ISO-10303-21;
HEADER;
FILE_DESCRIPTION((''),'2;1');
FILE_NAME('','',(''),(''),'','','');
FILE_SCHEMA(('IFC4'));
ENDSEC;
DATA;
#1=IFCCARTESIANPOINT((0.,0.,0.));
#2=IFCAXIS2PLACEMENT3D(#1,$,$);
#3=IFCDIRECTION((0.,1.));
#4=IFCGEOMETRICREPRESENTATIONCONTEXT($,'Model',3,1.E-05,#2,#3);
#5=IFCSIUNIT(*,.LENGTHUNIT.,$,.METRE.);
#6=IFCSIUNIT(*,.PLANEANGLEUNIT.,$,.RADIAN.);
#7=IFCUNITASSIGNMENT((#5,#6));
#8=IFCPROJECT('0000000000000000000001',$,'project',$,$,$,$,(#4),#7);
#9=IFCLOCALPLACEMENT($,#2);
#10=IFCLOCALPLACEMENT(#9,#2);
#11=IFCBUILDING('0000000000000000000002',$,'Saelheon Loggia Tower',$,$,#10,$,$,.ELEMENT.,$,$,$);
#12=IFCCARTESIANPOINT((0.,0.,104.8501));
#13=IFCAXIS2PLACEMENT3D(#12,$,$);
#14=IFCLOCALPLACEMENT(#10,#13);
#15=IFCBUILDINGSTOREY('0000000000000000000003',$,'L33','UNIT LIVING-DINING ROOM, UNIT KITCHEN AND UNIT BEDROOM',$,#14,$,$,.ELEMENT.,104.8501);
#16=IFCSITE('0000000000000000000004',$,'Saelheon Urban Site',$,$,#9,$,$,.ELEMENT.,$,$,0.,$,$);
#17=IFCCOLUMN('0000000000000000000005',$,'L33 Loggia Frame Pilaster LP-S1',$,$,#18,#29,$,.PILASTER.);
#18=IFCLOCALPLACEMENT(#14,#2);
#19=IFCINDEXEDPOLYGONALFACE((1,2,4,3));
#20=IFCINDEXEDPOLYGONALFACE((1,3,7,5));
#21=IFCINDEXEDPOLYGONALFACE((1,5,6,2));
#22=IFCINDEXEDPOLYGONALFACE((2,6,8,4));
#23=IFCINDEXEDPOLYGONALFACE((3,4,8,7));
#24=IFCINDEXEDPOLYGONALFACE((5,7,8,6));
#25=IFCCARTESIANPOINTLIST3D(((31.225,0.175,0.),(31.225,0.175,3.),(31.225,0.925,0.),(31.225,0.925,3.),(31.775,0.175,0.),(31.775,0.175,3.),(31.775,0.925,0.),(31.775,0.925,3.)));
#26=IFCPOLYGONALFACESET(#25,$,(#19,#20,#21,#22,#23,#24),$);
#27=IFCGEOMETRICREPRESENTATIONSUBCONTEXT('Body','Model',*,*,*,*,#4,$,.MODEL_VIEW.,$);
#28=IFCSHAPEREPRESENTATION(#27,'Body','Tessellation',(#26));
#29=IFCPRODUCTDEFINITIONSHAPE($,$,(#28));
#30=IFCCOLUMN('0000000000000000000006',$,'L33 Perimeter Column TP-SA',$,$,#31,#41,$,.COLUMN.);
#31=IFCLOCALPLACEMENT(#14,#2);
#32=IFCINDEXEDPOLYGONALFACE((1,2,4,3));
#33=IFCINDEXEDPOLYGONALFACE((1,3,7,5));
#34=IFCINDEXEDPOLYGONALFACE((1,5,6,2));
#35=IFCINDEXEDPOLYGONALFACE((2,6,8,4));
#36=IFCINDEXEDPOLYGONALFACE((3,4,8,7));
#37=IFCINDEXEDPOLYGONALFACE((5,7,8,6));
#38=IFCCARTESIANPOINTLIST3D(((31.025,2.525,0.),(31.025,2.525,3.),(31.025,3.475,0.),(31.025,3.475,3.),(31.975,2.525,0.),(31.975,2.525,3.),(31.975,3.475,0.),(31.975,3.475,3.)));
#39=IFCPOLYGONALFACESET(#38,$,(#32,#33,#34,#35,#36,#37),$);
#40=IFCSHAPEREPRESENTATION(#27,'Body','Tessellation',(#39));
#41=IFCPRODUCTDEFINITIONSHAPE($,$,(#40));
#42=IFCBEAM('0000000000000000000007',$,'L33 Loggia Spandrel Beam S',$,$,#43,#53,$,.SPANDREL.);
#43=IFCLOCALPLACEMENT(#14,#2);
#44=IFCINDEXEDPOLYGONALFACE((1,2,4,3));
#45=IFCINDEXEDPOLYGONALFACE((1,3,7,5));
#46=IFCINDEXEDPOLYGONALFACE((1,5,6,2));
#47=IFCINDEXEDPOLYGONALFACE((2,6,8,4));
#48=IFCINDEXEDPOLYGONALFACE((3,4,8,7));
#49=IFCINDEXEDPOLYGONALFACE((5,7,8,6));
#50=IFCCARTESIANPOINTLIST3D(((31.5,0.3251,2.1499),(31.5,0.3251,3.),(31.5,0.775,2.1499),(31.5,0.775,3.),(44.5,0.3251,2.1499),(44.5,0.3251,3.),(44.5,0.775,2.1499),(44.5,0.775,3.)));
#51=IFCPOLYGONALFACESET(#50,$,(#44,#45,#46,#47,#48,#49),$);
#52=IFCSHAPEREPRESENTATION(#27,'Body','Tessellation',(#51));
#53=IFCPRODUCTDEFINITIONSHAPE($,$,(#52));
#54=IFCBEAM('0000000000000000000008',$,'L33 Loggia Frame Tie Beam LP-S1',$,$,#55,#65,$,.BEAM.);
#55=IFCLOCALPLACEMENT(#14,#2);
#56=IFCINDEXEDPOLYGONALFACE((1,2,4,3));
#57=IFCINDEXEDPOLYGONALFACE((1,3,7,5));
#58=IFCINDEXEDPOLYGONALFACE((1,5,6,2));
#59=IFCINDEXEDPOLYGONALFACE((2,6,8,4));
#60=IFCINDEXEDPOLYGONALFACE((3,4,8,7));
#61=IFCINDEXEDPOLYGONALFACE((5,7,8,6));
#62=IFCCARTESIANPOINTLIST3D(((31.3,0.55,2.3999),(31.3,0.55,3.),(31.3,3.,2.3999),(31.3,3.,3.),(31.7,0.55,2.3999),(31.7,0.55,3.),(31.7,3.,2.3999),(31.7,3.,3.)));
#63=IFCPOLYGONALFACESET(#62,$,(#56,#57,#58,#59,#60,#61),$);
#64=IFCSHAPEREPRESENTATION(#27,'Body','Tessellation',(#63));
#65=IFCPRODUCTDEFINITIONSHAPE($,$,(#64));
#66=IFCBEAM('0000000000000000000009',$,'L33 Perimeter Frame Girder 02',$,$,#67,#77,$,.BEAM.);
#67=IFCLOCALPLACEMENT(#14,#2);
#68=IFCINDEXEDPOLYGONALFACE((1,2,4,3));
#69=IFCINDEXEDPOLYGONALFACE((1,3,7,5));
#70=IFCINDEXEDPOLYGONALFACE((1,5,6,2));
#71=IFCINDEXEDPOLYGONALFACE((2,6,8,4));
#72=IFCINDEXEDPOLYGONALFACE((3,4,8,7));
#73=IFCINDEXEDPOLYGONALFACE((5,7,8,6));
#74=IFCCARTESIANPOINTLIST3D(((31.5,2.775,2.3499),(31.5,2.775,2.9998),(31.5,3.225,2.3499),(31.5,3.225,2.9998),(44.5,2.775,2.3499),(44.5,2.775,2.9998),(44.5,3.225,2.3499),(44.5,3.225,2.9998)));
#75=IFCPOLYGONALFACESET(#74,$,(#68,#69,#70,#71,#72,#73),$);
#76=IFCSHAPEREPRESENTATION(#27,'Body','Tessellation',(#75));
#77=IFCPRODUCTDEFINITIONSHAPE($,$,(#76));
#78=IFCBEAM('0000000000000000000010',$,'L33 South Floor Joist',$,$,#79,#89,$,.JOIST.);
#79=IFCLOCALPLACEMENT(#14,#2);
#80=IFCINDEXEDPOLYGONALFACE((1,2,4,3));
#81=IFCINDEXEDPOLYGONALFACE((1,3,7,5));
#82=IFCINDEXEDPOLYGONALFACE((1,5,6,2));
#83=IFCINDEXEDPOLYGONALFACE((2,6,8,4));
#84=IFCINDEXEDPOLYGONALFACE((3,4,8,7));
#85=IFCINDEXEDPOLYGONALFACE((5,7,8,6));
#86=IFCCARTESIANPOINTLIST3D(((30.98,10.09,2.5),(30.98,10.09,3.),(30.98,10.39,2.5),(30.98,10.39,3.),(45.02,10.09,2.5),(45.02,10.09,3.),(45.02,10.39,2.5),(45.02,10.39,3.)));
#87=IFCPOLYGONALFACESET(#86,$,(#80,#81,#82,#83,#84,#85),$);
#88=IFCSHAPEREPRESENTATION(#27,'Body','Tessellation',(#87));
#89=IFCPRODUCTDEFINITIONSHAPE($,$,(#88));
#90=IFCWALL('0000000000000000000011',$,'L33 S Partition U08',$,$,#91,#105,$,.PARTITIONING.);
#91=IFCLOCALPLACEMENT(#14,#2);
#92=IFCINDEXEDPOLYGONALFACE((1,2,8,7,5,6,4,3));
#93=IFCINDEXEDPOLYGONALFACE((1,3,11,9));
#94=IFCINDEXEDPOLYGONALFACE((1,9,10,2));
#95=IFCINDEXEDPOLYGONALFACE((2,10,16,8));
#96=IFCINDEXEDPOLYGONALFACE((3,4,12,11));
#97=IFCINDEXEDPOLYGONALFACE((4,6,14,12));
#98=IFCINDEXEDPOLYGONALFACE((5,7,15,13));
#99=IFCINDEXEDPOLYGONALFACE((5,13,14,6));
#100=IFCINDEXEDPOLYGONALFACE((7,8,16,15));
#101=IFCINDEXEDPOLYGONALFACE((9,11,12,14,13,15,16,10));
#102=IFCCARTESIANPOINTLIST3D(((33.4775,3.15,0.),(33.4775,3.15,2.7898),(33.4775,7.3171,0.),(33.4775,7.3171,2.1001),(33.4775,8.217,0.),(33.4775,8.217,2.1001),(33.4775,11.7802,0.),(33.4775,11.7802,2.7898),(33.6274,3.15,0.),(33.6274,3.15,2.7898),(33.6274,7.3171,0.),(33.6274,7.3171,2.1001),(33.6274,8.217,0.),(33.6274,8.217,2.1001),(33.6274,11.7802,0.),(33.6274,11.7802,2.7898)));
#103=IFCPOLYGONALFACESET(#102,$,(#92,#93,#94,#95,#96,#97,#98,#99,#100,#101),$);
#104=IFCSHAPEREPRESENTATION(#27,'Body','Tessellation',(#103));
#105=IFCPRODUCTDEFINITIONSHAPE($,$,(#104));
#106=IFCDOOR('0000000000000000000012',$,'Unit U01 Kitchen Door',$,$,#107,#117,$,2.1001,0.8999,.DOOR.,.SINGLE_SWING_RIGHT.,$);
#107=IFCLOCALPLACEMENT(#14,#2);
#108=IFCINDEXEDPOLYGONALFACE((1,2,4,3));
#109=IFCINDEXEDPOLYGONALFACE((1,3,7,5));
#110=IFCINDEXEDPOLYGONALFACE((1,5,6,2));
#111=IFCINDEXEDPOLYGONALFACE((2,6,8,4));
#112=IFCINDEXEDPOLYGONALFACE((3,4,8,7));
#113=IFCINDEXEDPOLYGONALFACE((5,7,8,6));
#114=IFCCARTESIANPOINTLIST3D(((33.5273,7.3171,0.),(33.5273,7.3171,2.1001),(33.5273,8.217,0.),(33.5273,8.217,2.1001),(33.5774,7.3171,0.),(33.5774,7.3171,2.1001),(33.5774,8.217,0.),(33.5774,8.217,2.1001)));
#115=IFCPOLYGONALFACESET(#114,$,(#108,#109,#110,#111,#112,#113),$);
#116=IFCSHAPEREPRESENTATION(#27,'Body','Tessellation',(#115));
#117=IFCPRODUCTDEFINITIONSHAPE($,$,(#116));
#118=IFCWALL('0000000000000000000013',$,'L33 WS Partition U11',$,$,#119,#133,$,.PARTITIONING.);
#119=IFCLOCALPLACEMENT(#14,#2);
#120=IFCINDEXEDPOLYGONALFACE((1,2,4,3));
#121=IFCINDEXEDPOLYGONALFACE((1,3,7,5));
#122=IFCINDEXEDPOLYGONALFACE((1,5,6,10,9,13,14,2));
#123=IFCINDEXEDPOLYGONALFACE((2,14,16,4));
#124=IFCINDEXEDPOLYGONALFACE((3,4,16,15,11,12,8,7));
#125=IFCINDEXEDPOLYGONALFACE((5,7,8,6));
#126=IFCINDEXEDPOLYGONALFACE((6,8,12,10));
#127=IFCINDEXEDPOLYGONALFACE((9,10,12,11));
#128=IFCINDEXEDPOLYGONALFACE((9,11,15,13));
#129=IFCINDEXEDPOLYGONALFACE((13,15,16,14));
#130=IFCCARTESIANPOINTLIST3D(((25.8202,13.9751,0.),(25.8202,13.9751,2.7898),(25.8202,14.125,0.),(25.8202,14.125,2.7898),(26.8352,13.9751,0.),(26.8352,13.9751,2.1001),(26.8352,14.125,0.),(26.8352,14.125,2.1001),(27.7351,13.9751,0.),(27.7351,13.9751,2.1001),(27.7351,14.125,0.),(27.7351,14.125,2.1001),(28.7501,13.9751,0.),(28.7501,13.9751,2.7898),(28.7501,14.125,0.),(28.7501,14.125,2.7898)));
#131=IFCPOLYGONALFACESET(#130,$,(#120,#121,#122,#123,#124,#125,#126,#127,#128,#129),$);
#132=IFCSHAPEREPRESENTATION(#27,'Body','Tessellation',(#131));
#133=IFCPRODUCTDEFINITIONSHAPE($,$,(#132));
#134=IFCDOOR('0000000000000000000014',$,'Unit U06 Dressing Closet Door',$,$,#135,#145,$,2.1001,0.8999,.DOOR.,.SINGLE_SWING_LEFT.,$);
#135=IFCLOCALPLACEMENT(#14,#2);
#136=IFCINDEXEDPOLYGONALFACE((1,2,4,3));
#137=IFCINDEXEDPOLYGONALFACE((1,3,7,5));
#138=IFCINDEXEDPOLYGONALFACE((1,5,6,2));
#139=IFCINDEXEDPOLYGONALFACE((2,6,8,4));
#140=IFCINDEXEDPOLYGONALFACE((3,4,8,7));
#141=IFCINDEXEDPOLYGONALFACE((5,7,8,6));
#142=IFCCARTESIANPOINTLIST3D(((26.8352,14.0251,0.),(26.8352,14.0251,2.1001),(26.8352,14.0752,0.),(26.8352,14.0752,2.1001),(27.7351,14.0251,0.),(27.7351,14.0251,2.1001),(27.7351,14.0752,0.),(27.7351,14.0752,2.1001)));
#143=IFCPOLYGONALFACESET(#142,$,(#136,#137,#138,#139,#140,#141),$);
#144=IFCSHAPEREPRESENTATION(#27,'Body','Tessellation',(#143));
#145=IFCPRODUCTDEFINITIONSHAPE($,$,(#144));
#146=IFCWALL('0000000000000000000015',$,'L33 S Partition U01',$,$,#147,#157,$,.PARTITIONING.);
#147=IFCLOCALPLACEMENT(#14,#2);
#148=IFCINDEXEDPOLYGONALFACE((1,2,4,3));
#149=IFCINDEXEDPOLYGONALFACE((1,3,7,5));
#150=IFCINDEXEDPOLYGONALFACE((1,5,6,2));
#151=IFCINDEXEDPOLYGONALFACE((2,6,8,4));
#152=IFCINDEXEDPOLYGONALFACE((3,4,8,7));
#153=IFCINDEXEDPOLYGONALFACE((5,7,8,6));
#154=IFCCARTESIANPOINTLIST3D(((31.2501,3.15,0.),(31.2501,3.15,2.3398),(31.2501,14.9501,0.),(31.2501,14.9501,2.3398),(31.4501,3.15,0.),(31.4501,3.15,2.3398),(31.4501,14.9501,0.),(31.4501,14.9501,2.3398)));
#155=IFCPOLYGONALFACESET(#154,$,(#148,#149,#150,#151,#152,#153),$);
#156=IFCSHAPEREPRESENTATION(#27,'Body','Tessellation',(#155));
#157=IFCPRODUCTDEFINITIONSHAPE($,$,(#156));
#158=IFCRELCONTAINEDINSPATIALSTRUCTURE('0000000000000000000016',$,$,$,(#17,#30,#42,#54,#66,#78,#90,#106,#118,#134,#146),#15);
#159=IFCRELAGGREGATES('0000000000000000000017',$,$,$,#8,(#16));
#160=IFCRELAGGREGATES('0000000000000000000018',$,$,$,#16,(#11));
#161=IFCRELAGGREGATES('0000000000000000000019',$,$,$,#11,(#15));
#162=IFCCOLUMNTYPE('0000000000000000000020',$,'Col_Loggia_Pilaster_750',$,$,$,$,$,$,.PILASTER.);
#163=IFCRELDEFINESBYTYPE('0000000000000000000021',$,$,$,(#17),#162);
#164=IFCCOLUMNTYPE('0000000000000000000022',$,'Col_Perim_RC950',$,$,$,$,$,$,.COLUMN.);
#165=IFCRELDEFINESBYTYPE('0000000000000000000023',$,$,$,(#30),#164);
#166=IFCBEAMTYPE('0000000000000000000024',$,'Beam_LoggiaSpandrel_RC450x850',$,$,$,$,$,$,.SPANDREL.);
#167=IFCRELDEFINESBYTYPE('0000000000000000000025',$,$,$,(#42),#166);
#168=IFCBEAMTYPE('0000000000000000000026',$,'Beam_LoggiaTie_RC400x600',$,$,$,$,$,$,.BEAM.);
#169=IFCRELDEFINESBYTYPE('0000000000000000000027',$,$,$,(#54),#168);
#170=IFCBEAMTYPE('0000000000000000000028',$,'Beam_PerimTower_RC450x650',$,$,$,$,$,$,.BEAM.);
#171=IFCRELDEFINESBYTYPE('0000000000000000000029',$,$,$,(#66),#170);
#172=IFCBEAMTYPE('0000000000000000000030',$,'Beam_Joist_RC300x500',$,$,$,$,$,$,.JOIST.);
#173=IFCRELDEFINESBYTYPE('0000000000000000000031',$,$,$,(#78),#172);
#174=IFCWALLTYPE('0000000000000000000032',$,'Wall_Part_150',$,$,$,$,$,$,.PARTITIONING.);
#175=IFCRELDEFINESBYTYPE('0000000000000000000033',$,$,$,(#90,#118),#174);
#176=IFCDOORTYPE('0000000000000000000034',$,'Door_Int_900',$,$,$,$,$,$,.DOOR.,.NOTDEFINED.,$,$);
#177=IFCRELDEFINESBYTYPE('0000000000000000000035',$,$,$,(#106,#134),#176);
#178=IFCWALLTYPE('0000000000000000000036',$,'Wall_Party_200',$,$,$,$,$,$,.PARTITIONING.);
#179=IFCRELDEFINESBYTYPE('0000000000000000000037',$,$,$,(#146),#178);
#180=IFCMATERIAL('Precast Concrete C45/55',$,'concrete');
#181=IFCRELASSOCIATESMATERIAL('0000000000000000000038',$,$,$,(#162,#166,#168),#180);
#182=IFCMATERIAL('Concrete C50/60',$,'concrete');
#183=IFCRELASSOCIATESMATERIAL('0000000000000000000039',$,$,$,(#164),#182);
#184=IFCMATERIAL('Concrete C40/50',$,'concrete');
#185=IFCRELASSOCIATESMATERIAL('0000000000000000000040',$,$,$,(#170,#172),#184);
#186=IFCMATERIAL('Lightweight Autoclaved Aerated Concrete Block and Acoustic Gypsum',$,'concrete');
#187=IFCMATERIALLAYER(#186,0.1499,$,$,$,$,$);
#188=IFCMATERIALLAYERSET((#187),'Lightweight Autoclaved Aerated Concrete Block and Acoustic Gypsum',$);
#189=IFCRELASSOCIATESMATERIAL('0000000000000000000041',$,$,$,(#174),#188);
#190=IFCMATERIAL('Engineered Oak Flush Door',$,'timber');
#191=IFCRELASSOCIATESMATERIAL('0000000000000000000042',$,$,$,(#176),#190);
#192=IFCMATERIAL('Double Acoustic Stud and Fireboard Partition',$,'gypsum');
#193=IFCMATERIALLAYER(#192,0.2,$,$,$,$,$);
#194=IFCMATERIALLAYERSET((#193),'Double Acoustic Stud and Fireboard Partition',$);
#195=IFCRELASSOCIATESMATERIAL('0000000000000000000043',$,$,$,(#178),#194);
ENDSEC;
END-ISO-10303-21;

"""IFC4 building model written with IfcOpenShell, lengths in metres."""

from ifc_helpers import new_model, si_unit, direction, frame, frame_2d, origin, origin_2d, place, context, subcontext, project, spatial, rectangle, extrude, source, transform, mapped, material, layer, layer_set, material_profile, profile_set, type_object, element, fill, save


model = new_model("IFC4")

# Units and contexts
model_context = context("Model", 3, precision=1e-05, world=origin(), true_north=direction((0.0, 1.0)))
body_context = subcontext(model_context, "Body", "Model", "MODEL_VIEW")
ifc_project = project(units=[si_unit("LENGTHUNIT", "METRE"), si_unit("PLANEANGLEUNIT", "RADIAN")], contexts=[model_context])

# Site, building, storey
site_placement = place(None, origin())
site = spatial("IfcSite", under=ifc_project, at=site_placement, Name="Saelheon Urban Site", CompositionType="ELEMENT", RefElevation=0.0)
building_placement = place(site_placement, origin())
building = spatial("IfcBuilding", under=site, at=building_placement, Name="Saelheon Loggia Tower", CompositionType="ELEMENT")
storey_placement = place(building_placement, frame((0.0, 0.0, 104.8501)))
storey = spatial("IfcBuildingStorey", under=building, at=storey_placement, Name="L33", Description="UNIT LIVING-DINING ROOM, UNIT KITCHEN AND UNIT BEDROOM", CompositionType="ELEMENT", Elevation=104.8501)

# Columns
ifc_material_1 = material(Name="Precast Concrete C45/55", Category="concrete")
ifc_material_profile_1 = material_profile(ifc_material_1, rectangle(XDim=0.55, YDim=0.75, at=origin_2d()), Name="RC-550x750")
ifc_profile_set_1 = profile_set([ifc_material_profile_1], Name="Precast Concrete C45/55")
column_type_1 = type_object("IfcColumnType", Name="Col_Loggia_Pilaster_750", PredefinedType="PILASTER", material=ifc_profile_set_1)
shared_shape_1 = source(origin(), body_context, "Body", "SweptSolid", [
    extrude(rectangle(XDim=0.55, YDim=0.75, at=origin_2d()), origin(), (0.0, 0.0, 1.0), 3.0),
])
column_1_placement = place(storey_placement, frame((31.5, 0.55, 0.0), z_axis=(0.0, 0.0, 1.0), x_axis=(1.0, 0.0, 0.0)))
element("IfcColumn", 1, at=column_1_placement, inside=storey, type_object=column_type_1, Name="L33 Loggia Frame Pilaster LP-S1", PredefinedType="PILASTER", context=body_context, shape_type="MappedRepresentation", body=[
    mapped(shared_shape_1, transform((0.0, 0.0, 0.0), scale=1.0)),
])
ifc_material_2 = material(Name="Concrete C50/60", Category="concrete")
ifc_material_profile_2 = material_profile(ifc_material_2, rectangle(XDim=0.95, YDim=0.95, at=origin_2d()), Name="RC-950x950")
ifc_profile_set_2 = profile_set([ifc_material_profile_2], Name="Concrete C50/60")
column_type_2 = type_object("IfcColumnType", Name="Col_Perim_RC950", PredefinedType="COLUMN", material=ifc_profile_set_2)
shared_shape_2 = source(origin(), body_context, "Body", "SweptSolid", [
    extrude(rectangle(XDim=0.95, YDim=0.95, at=origin_2d()), origin(), (0.0, 0.0, 1.0), 3.0),
])
column_2_placement = place(storey_placement, frame((31.5, 3.0, 0.0), z_axis=(0.0, 0.0, 1.0), x_axis=(1.0, 0.0, 0.0)))
element("IfcColumn", 2, at=column_2_placement, inside=storey, type_object=column_type_2, Name="L33 Perimeter Column TP-SA", PredefinedType="COLUMN", context=body_context, shape_type="MappedRepresentation", body=[
    mapped(shared_shape_2, transform((0.0, 0.0, 0.0), scale=1.0)),
])

# Beams
ifc_material_profile_3 = material_profile(ifc_material_1, rectangle(XDim=0.45, YDim=0.8501, at=origin_2d()), Name="RC-450x850")
ifc_profile_set_3 = profile_set([ifc_material_profile_3], Name="Precast Concrete C45/55")
beam_type_1 = type_object("IfcBeamType", Name="Beam_LoggiaSpandrel_RC450x850", PredefinedType="SPANDREL", material=ifc_profile_set_3)
shared_shape_3 = source(origin(), body_context, "Body", "SweptSolid", [
    extrude(rectangle(XDim=0.45, YDim=0.8501, at=origin_2d()), origin(), (0.0, 0.0, 1.0), 13.0),
])
beam_1_placement = place(storey_placement, frame((31.5, 0.55, 2.575), z_axis=(1.0, 0.0, 0.0), x_axis=(0.0, 1.0, 0.0)))
element("IfcBeam", 3, at=beam_1_placement, inside=storey, type_object=beam_type_1, Name="L33 Loggia Spandrel Beam S", PredefinedType="SPANDREL", context=body_context, shape_type="MappedRepresentation", body=[
    mapped(shared_shape_3, transform((0.0, 0.0, 0.0), scale=1.0)),
])
ifc_material_profile_4 = material_profile(ifc_material_1, rectangle(XDim=0.3999, YDim=0.6001, at=origin_2d()), Name="RC-400x600")
ifc_profile_set_4 = profile_set([ifc_material_profile_4], Name="Precast Concrete C45/55")
beam_type_2 = type_object("IfcBeamType", Name="Beam_LoggiaTie_RC400x600", PredefinedType="BEAM", material=ifc_profile_set_4)
shared_shape_4 = source(origin(), body_context, "Body", "SweptSolid", [
    extrude(rectangle(XDim=0.3999, YDim=0.6001, at=origin_2d()), origin(), (0.0, 0.0, 1.0), 2.45),
])
beam_2_placement = place(storey_placement, frame((31.5, 3.0, 2.7), z_axis=(0.0, -1.0, 0.0), x_axis=(1.0, 0.0, 0.0)))
element("IfcBeam", 4, at=beam_2_placement, inside=storey, type_object=beam_type_2, Name="L33 Loggia Frame Tie Beam LP-S1", PredefinedType="BEAM", context=body_context, shape_type="MappedRepresentation", body=[
    mapped(shared_shape_4, transform((0.0, 0.0, 0.0), scale=1.0)),
])
ifc_material_3 = material(Name="Concrete C40/50", Category="concrete")
ifc_material_profile_5 = material_profile(ifc_material_3, rectangle(XDim=0.45, YDim=0.6499, at=origin_2d()), Name="RC-450x650")
ifc_profile_set_5 = profile_set([ifc_material_profile_5], Name="Concrete C40/50")
beam_type_3 = type_object("IfcBeamType", Name="Beam_PerimTower_RC450x650", PredefinedType="BEAM", material=ifc_profile_set_5)
shared_shape_5 = source(origin(), body_context, "Body", "SweptSolid", [
    extrude(rectangle(XDim=0.45, YDim=0.6499, at=origin_2d()), origin(), (0.0, 0.0, 1.0), 13.0),
])
beam_3_placement = place(storey_placement, frame((31.5, 3.0, 2.6748), z_axis=(1.0, 0.0, 0.0), x_axis=(0.0, 1.0, 0.0)))
element("IfcBeam", 5, at=beam_3_placement, inside=storey, type_object=beam_type_3, Name="L33 Perimeter Frame Girder 02", PredefinedType="BEAM", context=body_context, shape_type="MappedRepresentation", body=[
    mapped(shared_shape_5, transform((0.0, 0.0, 0.0), scale=1.0)),
])
ifc_material_profile_6 = material_profile(ifc_material_3, rectangle(XDim=0.3, YDim=0.5, at=origin_2d()), Name="RC-300x500")
ifc_profile_set_6 = profile_set([ifc_material_profile_6], Name="Concrete C40/50")
beam_type_4 = type_object("IfcBeamType", Name="Beam_Joist_RC300x500", PredefinedType="JOIST", material=ifc_profile_set_6)
shared_shape_6 = source(origin(), body_context, "Body", "SweptSolid", [
    extrude(rectangle(XDim=0.3, YDim=0.5, at=origin_2d()), origin(), (0.0, 0.0, 1.0), 14.04),
])
beam_4_placement = place(storey_placement, frame((30.98, 10.24, 2.75), z_axis=(1.0, 0.0, 0.0), x_axis=(0.0, 1.0, 0.0)))
element("IfcBeam", 6, at=beam_4_placement, inside=storey, type_object=beam_type_4, Name="L33 South Floor Joist", PredefinedType="JOIST", context=body_context, shape_type="MappedRepresentation", body=[
    mapped(shared_shape_6, transform((0.0, 0.0, 0.0), scale=1.0)),
])

# Walls, openings, doors
ifc_material_4 = material(Name="Lightweight Autoclaved Aerated Concrete Block and Acoustic Gypsum", Category="concrete")
ifc_layer_1 = layer(ifc_material_4, 0.1499)
ifc_layer_set_1 = layer_set([ifc_layer_1], Name="Lightweight Autoclaved Aerated Concrete Block and Acoustic Gypsum")
wall_type_1 = type_object("IfcWallType", Name="Wall_Part_150", PredefinedType="PARTITIONING", material=ifc_layer_set_1)
wall_1_placement = place(storey_placement, frame((33.5525, 11.78, 0.0), z_axis=(0.0, 0.0, 1.0), x_axis=(0.0, -1.0, 0.0)))
wall_1 = element("IfcWall", 7, at=wall_1_placement, inside=storey, type_object=wall_type_1, Name="L33 S Partition U08", PredefinedType="PARTITIONING", context=body_context, shape_type="SweptSolid", body=[
    extrude(rectangle(XDim=8.6301, YDim=0.1499, at=frame_2d((4.3149, 0.0))), origin(), (0.0, 0.0, 1.0), 2.7898),
])
opening_1_placement = place(wall_1_placement, frame((3.563, 0.0, 0.0)))
opening_1 = element("IfcOpeningElement", 8, at=opening_1_placement, cuts=wall_1, PredefinedType="OPENING", context=body_context, shape_type="SweptSolid", body=[
    extrude(rectangle(XDim=0.8999, YDim=2.1001, at=frame_2d((0.45, 1.05))), frame((0.0, 0.0869, 0.0), z_axis=(0.0, -1.0, 0.0), x_axis=(1.0, 0.0, 0.0)), (0.0, 0.0, 1.0), 0.1738),
])
ifc_material_5 = material(Name="Engineered Oak Flush Door", Category="timber")
door_type_1 = type_object("IfcDoorType", Name="Door_Int_900", OperationType="NOTDEFINED", PredefinedType="DOOR", material=ifc_material_5)
shared_shape_7 = source(origin(), body_context, "Body", "SweptSolid", [
    extrude(rectangle(XDim=0.8999, YDim=2.1001, at=frame_2d((0.45, 1.05))), frame((0.0, 0.0249, 0.0), z_axis=(0.0, -1.0, 0.0), x_axis=(1.0, 0.0, 0.0)), (0.0, 0.0, 1.0), 0.05),
])
door_1_placement = place(opening_1_placement, origin())
door_1 = element("IfcDoor", 9, at=door_1_placement, inside=storey, type_object=door_type_1, Name="Unit U01 Kitchen Door", OperationType="SINGLE_SWING_RIGHT", OverallHeight=2.1001, OverallWidth=0.8999, PredefinedType="DOOR", context=body_context, shape_type="MappedRepresentation", body=[
    mapped(shared_shape_7, transform((0.0, 0.0, 0.0), scale=1.0)),
])
fill(opening_1, door_1)
wall_2_placement = place(storey_placement, frame((28.75, 14.05, 0.0), z_axis=(0.0, 0.0, 1.0), x_axis=(-1.0, 0.0, 0.0)))
wall_2 = element("IfcWall", 10, at=wall_2_placement, inside=storey, type_object=wall_type_1, Name="L33 WS Partition U11", PredefinedType="PARTITIONING", context=body_context, shape_type="SweptSolid", body=[
    extrude(rectangle(XDim=2.9299, YDim=0.1499, at=frame_2d((1.4648, 0.0))), origin(), (0.0, 0.0, 1.0), 2.7898),
])
opening_2_placement = place(wall_2_placement, frame((1.0149, 0.0, 0.0)))
opening_2 = element("IfcOpeningElement", 11, at=opening_2_placement, cuts=wall_2, PredefinedType="OPENING", context=body_context, shape_type="SweptSolid", body=[
    extrude(rectangle(XDim=0.8999, YDim=2.1001, at=frame_2d((0.45, 1.05))), frame((0.0, 0.0869, 0.0), z_axis=(0.0, -1.0, 0.0), x_axis=(1.0, 0.0, 0.0)), (0.0, 0.0, 1.0), 0.1738),
])
door_2_placement = place(opening_2_placement, origin())
door_2 = element("IfcDoor", 12, at=door_2_placement, inside=storey, type_object=door_type_1, Name="Unit U06 Dressing Closet Door", OperationType="SINGLE_SWING_LEFT", OverallHeight=2.1001, OverallWidth=0.8999, PredefinedType="DOOR", context=body_context, shape_type="MappedRepresentation", body=[
    mapped(shared_shape_7, transform((0.0, 0.0, 0.0), scale=1.0)),
])
fill(opening_2, door_2)

# Wall
ifc_material_6 = material(Name="Double Acoustic Stud and Fireboard Partition", Category="gypsum")
ifc_layer_2 = layer(ifc_material_6, 0.2)
ifc_layer_set_2 = layer_set([ifc_layer_2], Name="Double Acoustic Stud and Fireboard Partition")
wall_type_2 = type_object("IfcWallType", Name="Wall_Party_200", PredefinedType="PARTITIONING", material=ifc_layer_set_2)
wall_3_placement = place(storey_placement, frame((31.3501, 14.95, 0.0), z_axis=(0.0, 0.0, 1.0), x_axis=(0.0, -1.0, 0.0)))
element("IfcWall", 13, at=wall_3_placement, inside=storey, type_object=wall_type_2, Name="L33 S Partition U01", PredefinedType="PARTITIONING", context=body_context, shape_type="SweptSolid", body=[
    extrude(rectangle(XDim=11.8, YDim=0.2, at=frame_2d((5.8999, 0.0))), origin(), (0.0, 0.0, 1.0), 2.3398),
])

save(model, "model.ifc")
